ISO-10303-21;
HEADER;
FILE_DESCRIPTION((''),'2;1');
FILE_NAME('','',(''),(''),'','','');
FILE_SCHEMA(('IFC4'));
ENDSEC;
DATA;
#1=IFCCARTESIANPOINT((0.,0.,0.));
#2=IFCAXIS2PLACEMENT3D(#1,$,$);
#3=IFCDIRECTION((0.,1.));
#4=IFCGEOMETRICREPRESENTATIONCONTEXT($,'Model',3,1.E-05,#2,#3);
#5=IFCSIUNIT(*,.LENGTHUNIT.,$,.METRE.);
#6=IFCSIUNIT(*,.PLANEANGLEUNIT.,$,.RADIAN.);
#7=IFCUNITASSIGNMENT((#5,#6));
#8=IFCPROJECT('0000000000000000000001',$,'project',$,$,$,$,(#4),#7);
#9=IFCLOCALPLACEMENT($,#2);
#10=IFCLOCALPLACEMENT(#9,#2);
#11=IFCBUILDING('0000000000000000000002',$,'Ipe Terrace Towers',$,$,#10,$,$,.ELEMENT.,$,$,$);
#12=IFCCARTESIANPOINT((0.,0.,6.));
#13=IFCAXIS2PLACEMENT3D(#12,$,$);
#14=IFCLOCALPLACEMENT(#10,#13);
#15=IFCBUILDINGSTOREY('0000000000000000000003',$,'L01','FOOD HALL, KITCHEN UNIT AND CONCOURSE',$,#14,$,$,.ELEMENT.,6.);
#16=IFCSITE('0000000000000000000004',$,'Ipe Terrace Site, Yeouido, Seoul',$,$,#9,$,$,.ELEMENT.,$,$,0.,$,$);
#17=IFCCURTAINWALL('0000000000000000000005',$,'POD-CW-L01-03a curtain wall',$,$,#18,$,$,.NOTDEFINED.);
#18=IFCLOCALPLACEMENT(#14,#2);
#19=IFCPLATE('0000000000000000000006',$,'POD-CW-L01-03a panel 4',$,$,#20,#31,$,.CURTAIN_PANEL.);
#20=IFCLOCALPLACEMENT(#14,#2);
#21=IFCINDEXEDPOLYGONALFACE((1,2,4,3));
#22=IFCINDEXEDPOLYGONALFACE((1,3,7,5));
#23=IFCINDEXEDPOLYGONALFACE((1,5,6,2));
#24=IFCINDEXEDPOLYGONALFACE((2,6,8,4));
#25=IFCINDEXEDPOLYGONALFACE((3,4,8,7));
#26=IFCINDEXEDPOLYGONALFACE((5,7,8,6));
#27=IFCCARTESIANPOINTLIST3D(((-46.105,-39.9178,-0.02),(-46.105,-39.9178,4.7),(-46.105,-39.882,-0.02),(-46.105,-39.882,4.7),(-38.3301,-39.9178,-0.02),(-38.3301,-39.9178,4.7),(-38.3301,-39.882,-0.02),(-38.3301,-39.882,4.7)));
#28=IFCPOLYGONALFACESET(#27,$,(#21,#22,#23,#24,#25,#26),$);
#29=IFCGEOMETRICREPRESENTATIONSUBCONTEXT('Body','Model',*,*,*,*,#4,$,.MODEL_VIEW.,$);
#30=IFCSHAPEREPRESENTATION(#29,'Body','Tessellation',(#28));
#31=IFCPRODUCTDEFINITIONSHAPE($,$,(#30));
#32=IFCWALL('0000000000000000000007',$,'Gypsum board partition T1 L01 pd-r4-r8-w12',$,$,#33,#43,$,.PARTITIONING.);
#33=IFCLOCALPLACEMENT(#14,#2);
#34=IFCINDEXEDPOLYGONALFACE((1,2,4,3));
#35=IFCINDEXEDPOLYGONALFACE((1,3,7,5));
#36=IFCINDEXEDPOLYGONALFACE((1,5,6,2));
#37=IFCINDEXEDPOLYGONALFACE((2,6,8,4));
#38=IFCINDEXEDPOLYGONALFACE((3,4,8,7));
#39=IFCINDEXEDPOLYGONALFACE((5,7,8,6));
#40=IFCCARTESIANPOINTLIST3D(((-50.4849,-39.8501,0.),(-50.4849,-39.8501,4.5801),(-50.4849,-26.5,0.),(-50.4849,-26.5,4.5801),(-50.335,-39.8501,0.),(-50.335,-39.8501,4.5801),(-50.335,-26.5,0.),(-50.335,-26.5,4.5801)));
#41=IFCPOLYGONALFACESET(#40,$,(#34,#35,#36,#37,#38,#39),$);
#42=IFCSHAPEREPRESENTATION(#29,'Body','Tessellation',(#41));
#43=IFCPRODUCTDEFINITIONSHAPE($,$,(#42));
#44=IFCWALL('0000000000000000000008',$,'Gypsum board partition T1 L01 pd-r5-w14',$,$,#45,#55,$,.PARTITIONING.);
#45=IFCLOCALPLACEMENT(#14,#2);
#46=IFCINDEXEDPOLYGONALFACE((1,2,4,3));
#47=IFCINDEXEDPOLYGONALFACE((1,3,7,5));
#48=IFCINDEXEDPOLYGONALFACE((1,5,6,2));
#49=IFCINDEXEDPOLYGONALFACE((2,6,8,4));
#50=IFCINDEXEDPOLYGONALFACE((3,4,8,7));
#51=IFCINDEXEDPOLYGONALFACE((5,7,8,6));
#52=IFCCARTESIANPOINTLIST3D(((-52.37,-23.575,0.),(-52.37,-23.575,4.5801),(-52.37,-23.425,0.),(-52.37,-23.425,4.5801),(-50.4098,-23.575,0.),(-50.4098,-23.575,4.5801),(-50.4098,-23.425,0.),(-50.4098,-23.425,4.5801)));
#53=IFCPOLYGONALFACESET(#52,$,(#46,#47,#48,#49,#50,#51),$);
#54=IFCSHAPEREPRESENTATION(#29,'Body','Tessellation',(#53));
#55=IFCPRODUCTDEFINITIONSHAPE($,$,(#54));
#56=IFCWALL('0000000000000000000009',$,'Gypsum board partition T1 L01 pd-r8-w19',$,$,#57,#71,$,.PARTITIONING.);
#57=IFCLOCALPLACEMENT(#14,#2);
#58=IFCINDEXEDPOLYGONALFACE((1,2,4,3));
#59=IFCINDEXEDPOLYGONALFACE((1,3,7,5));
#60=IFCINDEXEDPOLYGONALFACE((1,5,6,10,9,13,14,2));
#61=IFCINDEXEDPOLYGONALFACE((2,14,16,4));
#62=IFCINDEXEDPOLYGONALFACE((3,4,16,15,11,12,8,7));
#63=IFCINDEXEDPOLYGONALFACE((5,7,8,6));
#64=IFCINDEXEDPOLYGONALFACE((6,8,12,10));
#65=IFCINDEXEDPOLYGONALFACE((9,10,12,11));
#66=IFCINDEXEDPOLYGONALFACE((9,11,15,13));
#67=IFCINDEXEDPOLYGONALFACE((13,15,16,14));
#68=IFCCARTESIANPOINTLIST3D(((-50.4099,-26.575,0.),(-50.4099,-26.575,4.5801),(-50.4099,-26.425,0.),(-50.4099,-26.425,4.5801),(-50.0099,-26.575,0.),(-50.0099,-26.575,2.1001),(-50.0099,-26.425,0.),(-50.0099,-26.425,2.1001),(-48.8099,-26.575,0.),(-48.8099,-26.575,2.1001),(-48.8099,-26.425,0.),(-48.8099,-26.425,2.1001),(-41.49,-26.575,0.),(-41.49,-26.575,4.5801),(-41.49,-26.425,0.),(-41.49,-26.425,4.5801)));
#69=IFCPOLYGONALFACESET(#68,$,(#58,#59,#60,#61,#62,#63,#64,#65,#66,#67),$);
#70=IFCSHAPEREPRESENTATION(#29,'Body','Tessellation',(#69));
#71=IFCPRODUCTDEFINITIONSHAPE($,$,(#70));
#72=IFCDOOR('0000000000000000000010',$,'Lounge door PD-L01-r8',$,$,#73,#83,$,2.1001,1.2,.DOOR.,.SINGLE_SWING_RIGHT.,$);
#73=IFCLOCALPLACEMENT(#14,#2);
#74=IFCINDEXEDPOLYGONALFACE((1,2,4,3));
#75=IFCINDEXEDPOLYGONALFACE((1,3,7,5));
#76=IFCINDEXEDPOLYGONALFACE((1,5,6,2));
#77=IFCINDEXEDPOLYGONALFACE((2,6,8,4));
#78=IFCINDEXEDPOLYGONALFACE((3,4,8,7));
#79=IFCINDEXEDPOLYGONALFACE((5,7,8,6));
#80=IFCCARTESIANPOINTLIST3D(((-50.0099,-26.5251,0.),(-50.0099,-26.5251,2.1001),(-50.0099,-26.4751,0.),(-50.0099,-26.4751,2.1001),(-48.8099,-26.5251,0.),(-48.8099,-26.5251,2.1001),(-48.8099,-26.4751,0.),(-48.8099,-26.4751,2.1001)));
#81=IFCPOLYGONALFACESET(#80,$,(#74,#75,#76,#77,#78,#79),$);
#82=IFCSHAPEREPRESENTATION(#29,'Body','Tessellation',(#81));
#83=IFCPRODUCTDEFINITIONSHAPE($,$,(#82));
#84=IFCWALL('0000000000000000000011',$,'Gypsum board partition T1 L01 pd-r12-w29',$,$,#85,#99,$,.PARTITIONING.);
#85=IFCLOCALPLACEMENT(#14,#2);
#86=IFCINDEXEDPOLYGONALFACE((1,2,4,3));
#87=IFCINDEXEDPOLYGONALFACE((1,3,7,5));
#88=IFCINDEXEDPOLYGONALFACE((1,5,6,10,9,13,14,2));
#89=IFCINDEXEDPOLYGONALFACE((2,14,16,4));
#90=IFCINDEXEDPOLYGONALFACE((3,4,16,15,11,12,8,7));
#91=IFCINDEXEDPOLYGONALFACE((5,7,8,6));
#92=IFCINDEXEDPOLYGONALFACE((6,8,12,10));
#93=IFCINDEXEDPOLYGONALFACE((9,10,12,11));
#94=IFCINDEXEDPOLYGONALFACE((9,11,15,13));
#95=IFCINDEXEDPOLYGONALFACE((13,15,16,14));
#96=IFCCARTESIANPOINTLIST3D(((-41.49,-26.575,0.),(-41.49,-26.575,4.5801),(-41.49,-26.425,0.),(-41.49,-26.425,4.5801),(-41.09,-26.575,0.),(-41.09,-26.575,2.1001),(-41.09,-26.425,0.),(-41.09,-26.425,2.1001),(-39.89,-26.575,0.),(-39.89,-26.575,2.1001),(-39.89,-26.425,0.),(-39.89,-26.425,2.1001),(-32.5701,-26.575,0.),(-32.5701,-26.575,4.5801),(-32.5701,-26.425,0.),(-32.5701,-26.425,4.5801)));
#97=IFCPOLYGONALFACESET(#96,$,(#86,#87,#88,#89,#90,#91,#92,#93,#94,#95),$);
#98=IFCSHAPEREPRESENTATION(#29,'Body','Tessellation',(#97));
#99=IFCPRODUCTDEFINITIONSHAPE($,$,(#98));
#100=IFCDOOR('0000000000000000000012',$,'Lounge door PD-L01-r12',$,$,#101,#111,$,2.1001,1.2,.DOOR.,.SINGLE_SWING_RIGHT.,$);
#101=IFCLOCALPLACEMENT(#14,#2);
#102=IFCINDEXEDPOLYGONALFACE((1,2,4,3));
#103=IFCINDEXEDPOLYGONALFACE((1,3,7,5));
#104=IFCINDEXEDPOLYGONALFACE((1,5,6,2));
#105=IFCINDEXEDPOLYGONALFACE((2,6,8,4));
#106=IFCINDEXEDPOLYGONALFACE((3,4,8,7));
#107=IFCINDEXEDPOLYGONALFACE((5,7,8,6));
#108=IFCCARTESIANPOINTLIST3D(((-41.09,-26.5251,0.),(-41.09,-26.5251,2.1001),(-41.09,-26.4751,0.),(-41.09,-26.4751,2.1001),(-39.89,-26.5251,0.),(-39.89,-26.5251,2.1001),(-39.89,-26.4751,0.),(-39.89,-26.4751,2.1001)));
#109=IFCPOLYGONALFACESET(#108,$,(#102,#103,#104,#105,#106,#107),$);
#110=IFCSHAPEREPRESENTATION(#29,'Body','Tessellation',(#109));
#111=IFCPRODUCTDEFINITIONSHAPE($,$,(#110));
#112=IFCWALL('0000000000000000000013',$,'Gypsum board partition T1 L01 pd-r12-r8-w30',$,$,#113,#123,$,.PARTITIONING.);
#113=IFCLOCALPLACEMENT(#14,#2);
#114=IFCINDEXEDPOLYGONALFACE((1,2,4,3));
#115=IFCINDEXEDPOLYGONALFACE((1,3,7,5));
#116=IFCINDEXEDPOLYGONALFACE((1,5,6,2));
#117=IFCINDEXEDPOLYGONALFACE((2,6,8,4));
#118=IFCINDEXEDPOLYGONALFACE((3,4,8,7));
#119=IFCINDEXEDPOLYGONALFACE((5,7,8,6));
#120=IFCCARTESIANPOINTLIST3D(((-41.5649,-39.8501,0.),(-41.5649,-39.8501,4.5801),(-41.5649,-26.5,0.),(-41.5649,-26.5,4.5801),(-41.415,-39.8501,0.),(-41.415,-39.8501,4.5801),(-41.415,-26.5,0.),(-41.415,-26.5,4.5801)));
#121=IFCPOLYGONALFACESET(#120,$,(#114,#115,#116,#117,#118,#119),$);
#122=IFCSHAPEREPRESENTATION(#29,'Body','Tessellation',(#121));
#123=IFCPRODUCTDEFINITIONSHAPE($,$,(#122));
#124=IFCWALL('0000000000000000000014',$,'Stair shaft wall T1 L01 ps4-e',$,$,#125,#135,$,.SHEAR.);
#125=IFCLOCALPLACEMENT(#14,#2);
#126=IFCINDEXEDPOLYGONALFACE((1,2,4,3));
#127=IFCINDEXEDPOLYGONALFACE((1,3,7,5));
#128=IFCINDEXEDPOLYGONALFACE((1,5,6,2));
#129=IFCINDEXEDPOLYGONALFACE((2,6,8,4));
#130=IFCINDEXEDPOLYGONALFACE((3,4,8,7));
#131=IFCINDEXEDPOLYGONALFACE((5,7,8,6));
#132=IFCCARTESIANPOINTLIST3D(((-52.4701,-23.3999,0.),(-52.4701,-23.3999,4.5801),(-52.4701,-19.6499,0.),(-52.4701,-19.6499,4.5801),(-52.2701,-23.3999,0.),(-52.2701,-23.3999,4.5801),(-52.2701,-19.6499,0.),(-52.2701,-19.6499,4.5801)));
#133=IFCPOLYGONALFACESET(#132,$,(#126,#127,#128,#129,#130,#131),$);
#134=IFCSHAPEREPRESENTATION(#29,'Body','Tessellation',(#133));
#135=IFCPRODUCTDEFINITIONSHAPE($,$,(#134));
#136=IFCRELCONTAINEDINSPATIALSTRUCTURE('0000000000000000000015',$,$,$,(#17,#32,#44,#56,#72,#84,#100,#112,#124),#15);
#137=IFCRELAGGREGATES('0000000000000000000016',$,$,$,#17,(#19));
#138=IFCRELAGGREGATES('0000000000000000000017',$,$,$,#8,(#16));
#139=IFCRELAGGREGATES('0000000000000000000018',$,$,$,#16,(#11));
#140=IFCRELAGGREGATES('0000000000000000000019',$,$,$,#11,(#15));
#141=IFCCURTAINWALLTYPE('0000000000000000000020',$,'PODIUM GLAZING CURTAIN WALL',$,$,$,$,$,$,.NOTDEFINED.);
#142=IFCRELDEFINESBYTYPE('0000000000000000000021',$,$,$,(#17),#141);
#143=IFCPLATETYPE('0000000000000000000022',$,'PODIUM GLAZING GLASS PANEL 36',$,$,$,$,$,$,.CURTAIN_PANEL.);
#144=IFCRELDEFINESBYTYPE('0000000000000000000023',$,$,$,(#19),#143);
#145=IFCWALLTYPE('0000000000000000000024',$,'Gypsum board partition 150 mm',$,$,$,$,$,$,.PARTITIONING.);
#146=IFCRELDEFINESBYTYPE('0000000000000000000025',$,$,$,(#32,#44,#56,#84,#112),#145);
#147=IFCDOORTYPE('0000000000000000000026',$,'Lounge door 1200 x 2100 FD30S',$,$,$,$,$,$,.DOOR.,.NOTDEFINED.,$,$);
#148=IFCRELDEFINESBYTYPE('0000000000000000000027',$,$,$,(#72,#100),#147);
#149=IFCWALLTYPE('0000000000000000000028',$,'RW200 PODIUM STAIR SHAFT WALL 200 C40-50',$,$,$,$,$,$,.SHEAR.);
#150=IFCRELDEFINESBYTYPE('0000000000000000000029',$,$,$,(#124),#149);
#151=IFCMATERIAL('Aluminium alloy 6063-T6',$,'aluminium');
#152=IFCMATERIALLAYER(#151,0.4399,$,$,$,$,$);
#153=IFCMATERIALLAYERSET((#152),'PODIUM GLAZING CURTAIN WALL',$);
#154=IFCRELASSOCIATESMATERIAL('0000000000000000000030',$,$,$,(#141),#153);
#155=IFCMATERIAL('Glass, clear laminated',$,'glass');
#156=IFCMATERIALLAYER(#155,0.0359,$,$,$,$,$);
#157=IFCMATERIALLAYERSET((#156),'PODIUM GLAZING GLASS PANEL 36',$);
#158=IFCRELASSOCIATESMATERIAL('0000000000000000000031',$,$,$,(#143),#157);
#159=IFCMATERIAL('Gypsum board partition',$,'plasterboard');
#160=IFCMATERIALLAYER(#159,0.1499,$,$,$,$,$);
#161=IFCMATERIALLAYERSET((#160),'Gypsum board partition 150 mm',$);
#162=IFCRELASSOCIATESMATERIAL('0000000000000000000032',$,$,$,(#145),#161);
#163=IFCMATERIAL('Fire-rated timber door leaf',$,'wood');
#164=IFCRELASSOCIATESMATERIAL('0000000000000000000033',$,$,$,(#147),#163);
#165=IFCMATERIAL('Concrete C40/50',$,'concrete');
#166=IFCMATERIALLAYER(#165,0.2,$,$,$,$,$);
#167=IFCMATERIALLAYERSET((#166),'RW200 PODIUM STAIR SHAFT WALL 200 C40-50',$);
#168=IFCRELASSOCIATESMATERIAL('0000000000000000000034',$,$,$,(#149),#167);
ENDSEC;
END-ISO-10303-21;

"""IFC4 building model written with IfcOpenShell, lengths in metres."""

from ifc_helpers import new_model, si_unit, direction, frame, frame_2d, origin, origin_2d, place, context, subcontext, project, spatial, rectangle, extrude, material, layer, layer_set, type_object, element, fill, aggregate, save


model = new_model("IFC4")

# Units and contexts
model_context = context("Model", 3, precision=1e-05, world=origin(), true_north=direction((0.0, 1.0)))
body_context = subcontext(model_context, "Body", "Model", "MODEL_VIEW")
ifc_project = project(units=[si_unit("LENGTHUNIT", "METRE"), si_unit("PLANEANGLEUNIT", "RADIAN")], contexts=[model_context])

# Site, building, storey
site_placement = place(None, origin())
site = spatial("IfcSite", under=ifc_project, at=site_placement, Name="Ipe Terrace Site, Yeouido, Seoul", CompositionType="ELEMENT", RefElevation=0.0)
building_placement = place(site_placement, origin())
building = spatial("IfcBuilding", under=site, at=building_placement, Name="Ipe Terrace Towers", CompositionType="ELEMENT")
storey_placement = place(building_placement, frame((0.0, 0.0, 6.0)))
storey = spatial("IfcBuildingStorey", under=building, at=storey_placement, Name="L01", Description="FOOD HALL, KITCHEN UNIT AND CONCOURSE", CompositionType="ELEMENT", Elevation=6.0)

# Curtain wall, plate
ifc_material_1 = material(Name="Aluminium alloy 6063-T6", Category="aluminium")
ifc_layer_1 = layer(ifc_material_1, 0.4399)
ifc_layer_set_1 = layer_set([ifc_layer_1], Name="PODIUM GLAZING CURTAIN WALL")
curtain_wall_type = type_object("IfcCurtainWallType", Name="PODIUM GLAZING CURTAIN WALL", PredefinedType="NOTDEFINED", material=ifc_layer_set_1)
curtain_wall_placement = place(storey_placement, origin())
curtain_wall = element("IfcCurtainWall", 1, at=curtain_wall_placement, inside=storey, type_object=curtain_wall_type, Name="POD-CW-L01-03a curtain wall", PredefinedType="NOTDEFINED")
ifc_material_2 = material(Name="Glass, clear laminated", Category="glass")
ifc_layer_2 = layer(ifc_material_2, 0.0359)
ifc_layer_set_2 = layer_set([ifc_layer_2], Name="PODIUM GLAZING GLASS PANEL 36")
plate_type = type_object("IfcPlateType", Name="PODIUM GLAZING GLASS PANEL 36", PredefinedType="CURTAIN_PANEL", material=ifc_layer_set_2)
plate_1_placement = place(storey_placement, frame((-42.2175, -39.8999, -0.02), z_axis=(0.0, 0.0, 1.0), x_axis=(1.0, 0.0, 0.0)))
plate_1 = element("IfcPlate", 2, at=plate_1_placement, type_object=plate_type, Name="POD-CW-L01-03a panel 4", PredefinedType="CURTAIN_PANEL", context=body_context, shape_type="SweptSolid", body=[
    extrude(rectangle(XDim=7.7749, YDim=0.0359, at=origin_2d()), origin(), (0.0, 0.0, 1.0), 4.72),
])
aggregate(curtain_wall, [plate_1])

# Walls
ifc_material_3 = material(Name="Gypsum board partition", Category="plasterboard")
ifc_layer_3 = layer(ifc_material_3, 0.1499)
ifc_layer_set_3 = layer_set([ifc_layer_3], Name="Gypsum board partition 150 mm")
wall_type_1 = type_object("IfcWallType", Name="Gypsum board partition 150 mm", PredefinedType="PARTITIONING", material=ifc_layer_set_3)
wall_1_placement = place(storey_placement, frame((-50.4099, -26.5, 0.0), z_axis=(0.0, 0.0, 1.0), x_axis=(0.0, -1.0, 0.0)))
element("IfcWall", 3, at=wall_1_placement, inside=storey, type_object=wall_type_1, Name="Gypsum board partition T1 L01 pd-r4-r8-w12", PredefinedType="PARTITIONING", context=body_context, shape_type="SweptSolid", body=[
    extrude(rectangle(XDim=13.3501, YDim=0.1499, at=frame_2d((6.675, 0.0))), origin(), (0.0, 0.0, 1.0), 4.5801),
])
wall_2_placement = place(storey_placement, frame((-50.4099, -23.5, 0.0), z_axis=(0.0, 0.0, 1.0), x_axis=(-1.0, 0.0, 0.0)))
element("IfcWall", 4, at=wall_2_placement, inside=storey, type_object=wall_type_1, Name="Gypsum board partition T1 L01 pd-r5-w14", PredefinedType="PARTITIONING", context=body_context, shape_type="SweptSolid", body=[
    extrude(rectangle(XDim=1.9602, YDim=0.1499, at=frame_2d((0.98, 0.0))), origin(), (0.0, 0.0, 1.0), 4.5801),
])

# Walls, openings, doors
wall_3_placement = place(storey_placement, frame((-50.4099, -26.5, 0.0), z_axis=(0.0, 0.0, 1.0), x_axis=(1.0, 0.0, 0.0)))
wall_3 = element("IfcWall", 5, at=wall_3_placement, inside=storey, type_object=wall_type_1, Name="Gypsum board partition T1 L01 pd-r8-w19", PredefinedType="PARTITIONING", context=body_context, shape_type="SweptSolid", body=[
    extrude(rectangle(XDim=8.9199, YDim=0.1499, at=frame_2d((4.46, 0.0))), origin(), (0.0, 0.0, 1.0), 4.5801),
])
opening_1_placement = place(wall_3_placement, frame((0.3999, 0.0, 0.0)))
opening_1 = element("IfcOpeningElement", 6, at=opening_1_placement, cuts=wall_3, PredefinedType="OPENING", context=body_context, shape_type="SweptSolid", body=[
    extrude(rectangle(XDim=1.2, YDim=2.1001, at=frame_2d((0.6001, 1.05))), frame((0.0, 0.085, 0.0), z_axis=(0.0, -1.0, 0.0), x_axis=(1.0, 0.0, 0.0)), (0.0, 0.0, 1.0), 0.1699),
])
ifc_material_4 = material(Name="Fire-rated timber door leaf", Category="wood")
door_type = type_object("IfcDoorType", Name="Lounge door 1200 x 2100 FD30S", OperationType="NOTDEFINED", PredefinedType="DOOR", material=ifc_material_4)
door_1_placement = place(opening_1_placement, origin())
door_1 = element("IfcDoor", 7, at=door_1_placement, inside=storey, type_object=door_type, Name="Lounge door PD-L01-r8", OperationType="SINGLE_SWING_RIGHT", OverallHeight=2.1001, OverallWidth=1.2, PredefinedType="DOOR", context=body_context, shape_type="SweptSolid", body=[
    extrude(rectangle(XDim=1.2, YDim=2.1001, at=frame_2d((0.6001, 1.05))), frame((0.0, 0.0249, 0.0), z_axis=(0.0, -1.0, 0.0), x_axis=(1.0, 0.0, 0.0)), (0.0, 0.0, 1.0), 0.05),
])
fill(opening_1, door_1)
wall_4_placement = place(storey_placement, frame((-41.49, -26.5, 0.0), z_axis=(0.0, 0.0, 1.0), x_axis=(1.0, 0.0, 0.0)))
wall_4 = element("IfcWall", 8, at=wall_4_placement, inside=storey, type_object=wall_type_1, Name="Gypsum board partition T1 L01 pd-r12-w29", PredefinedType="PARTITIONING", context=body_context, shape_type="SweptSolid", body=[
    extrude(rectangle(XDim=8.9199, YDim=0.1499, at=frame_2d((4.46, 0.0))), origin(), (0.0, 0.0, 1.0), 4.5801),
])
opening_2_placement = place(wall_4_placement, frame((0.3999, 0.0, 0.0)))
opening_2 = element("IfcOpeningElement", 9, at=opening_2_placement, cuts=wall_4, PredefinedType="OPENING", context=body_context, shape_type="SweptSolid", body=[
    extrude(rectangle(XDim=1.2, YDim=2.1001, at=frame_2d((0.6001, 1.05))), frame((0.0, 0.085, 0.0), z_axis=(0.0, -1.0, 0.0), x_axis=(1.0, 0.0, 0.0)), (0.0, 0.0, 1.0), 0.1699),
])
door_2_placement = place(opening_2_placement, origin())
door_2 = element("IfcDoor", 10, at=door_2_placement, inside=storey, type_object=door_type, Name="Lounge door PD-L01-r12", OperationType="SINGLE_SWING_RIGHT", OverallHeight=2.1001, OverallWidth=1.2, PredefinedType="DOOR", context=body_context, shape_type="SweptSolid", body=[
    extrude(rectangle(XDim=1.2, YDim=2.1001, at=frame_2d((0.6001, 1.05))), frame((0.0, 0.0249, 0.0), z_axis=(0.0, -1.0, 0.0), x_axis=(1.0, 0.0, 0.0)), (0.0, 0.0, 1.0), 0.05),
])
fill(opening_2, door_2)

# Walls
wall_5_placement = place(storey_placement, frame((-41.49, -39.8501, 0.0), z_axis=(0.0, 0.0, 1.0), x_axis=(0.0, 1.0, 0.0)))
element("IfcWall", 11, at=wall_5_placement, inside=storey, type_object=wall_type_1, Name="Gypsum board partition T1 L01 pd-r12-r8-w30", PredefinedType="PARTITIONING", context=body_context, shape_type="SweptSolid", body=[
    extrude(rectangle(XDim=13.3501, YDim=0.1499, at=frame_2d((6.675, 0.0))), origin(), (0.0, 0.0, 1.0), 4.5801),
])
ifc_material_5 = material(Name="Concrete C40/50", Category="concrete")
ifc_layer_4 = layer(ifc_material_5, 0.2)
ifc_layer_set_4 = layer_set([ifc_layer_4], Name="RW200 PODIUM STAIR SHAFT WALL 200 C40-50")
wall_type_2 = type_object("IfcWallType", Name="RW200 PODIUM STAIR SHAFT WALL 200 C40-50", PredefinedType="SHEAR", material=ifc_layer_set_4)
wall_6_placement = place(storey_placement, frame((-52.3701, -23.3999, 0.0), z_axis=(0.0, 0.0, 1.0), x_axis=(0.0, 1.0, 0.0)))
element("IfcWall", 12, at=wall_6_placement, inside=storey, type_object=wall_type_2, Name="Stair shaft wall T1 L01 ps4-e", PredefinedType="SHEAR", context=body_context, shape_type="SweptSolid", body=[
    extrude(rectangle(XDim=3.75, YDim=0.2, at=frame_2d((1.875, 0.0))), origin(), (0.0, 0.0, 1.0), 4.5801),
])

save(model, "model.ifc")
